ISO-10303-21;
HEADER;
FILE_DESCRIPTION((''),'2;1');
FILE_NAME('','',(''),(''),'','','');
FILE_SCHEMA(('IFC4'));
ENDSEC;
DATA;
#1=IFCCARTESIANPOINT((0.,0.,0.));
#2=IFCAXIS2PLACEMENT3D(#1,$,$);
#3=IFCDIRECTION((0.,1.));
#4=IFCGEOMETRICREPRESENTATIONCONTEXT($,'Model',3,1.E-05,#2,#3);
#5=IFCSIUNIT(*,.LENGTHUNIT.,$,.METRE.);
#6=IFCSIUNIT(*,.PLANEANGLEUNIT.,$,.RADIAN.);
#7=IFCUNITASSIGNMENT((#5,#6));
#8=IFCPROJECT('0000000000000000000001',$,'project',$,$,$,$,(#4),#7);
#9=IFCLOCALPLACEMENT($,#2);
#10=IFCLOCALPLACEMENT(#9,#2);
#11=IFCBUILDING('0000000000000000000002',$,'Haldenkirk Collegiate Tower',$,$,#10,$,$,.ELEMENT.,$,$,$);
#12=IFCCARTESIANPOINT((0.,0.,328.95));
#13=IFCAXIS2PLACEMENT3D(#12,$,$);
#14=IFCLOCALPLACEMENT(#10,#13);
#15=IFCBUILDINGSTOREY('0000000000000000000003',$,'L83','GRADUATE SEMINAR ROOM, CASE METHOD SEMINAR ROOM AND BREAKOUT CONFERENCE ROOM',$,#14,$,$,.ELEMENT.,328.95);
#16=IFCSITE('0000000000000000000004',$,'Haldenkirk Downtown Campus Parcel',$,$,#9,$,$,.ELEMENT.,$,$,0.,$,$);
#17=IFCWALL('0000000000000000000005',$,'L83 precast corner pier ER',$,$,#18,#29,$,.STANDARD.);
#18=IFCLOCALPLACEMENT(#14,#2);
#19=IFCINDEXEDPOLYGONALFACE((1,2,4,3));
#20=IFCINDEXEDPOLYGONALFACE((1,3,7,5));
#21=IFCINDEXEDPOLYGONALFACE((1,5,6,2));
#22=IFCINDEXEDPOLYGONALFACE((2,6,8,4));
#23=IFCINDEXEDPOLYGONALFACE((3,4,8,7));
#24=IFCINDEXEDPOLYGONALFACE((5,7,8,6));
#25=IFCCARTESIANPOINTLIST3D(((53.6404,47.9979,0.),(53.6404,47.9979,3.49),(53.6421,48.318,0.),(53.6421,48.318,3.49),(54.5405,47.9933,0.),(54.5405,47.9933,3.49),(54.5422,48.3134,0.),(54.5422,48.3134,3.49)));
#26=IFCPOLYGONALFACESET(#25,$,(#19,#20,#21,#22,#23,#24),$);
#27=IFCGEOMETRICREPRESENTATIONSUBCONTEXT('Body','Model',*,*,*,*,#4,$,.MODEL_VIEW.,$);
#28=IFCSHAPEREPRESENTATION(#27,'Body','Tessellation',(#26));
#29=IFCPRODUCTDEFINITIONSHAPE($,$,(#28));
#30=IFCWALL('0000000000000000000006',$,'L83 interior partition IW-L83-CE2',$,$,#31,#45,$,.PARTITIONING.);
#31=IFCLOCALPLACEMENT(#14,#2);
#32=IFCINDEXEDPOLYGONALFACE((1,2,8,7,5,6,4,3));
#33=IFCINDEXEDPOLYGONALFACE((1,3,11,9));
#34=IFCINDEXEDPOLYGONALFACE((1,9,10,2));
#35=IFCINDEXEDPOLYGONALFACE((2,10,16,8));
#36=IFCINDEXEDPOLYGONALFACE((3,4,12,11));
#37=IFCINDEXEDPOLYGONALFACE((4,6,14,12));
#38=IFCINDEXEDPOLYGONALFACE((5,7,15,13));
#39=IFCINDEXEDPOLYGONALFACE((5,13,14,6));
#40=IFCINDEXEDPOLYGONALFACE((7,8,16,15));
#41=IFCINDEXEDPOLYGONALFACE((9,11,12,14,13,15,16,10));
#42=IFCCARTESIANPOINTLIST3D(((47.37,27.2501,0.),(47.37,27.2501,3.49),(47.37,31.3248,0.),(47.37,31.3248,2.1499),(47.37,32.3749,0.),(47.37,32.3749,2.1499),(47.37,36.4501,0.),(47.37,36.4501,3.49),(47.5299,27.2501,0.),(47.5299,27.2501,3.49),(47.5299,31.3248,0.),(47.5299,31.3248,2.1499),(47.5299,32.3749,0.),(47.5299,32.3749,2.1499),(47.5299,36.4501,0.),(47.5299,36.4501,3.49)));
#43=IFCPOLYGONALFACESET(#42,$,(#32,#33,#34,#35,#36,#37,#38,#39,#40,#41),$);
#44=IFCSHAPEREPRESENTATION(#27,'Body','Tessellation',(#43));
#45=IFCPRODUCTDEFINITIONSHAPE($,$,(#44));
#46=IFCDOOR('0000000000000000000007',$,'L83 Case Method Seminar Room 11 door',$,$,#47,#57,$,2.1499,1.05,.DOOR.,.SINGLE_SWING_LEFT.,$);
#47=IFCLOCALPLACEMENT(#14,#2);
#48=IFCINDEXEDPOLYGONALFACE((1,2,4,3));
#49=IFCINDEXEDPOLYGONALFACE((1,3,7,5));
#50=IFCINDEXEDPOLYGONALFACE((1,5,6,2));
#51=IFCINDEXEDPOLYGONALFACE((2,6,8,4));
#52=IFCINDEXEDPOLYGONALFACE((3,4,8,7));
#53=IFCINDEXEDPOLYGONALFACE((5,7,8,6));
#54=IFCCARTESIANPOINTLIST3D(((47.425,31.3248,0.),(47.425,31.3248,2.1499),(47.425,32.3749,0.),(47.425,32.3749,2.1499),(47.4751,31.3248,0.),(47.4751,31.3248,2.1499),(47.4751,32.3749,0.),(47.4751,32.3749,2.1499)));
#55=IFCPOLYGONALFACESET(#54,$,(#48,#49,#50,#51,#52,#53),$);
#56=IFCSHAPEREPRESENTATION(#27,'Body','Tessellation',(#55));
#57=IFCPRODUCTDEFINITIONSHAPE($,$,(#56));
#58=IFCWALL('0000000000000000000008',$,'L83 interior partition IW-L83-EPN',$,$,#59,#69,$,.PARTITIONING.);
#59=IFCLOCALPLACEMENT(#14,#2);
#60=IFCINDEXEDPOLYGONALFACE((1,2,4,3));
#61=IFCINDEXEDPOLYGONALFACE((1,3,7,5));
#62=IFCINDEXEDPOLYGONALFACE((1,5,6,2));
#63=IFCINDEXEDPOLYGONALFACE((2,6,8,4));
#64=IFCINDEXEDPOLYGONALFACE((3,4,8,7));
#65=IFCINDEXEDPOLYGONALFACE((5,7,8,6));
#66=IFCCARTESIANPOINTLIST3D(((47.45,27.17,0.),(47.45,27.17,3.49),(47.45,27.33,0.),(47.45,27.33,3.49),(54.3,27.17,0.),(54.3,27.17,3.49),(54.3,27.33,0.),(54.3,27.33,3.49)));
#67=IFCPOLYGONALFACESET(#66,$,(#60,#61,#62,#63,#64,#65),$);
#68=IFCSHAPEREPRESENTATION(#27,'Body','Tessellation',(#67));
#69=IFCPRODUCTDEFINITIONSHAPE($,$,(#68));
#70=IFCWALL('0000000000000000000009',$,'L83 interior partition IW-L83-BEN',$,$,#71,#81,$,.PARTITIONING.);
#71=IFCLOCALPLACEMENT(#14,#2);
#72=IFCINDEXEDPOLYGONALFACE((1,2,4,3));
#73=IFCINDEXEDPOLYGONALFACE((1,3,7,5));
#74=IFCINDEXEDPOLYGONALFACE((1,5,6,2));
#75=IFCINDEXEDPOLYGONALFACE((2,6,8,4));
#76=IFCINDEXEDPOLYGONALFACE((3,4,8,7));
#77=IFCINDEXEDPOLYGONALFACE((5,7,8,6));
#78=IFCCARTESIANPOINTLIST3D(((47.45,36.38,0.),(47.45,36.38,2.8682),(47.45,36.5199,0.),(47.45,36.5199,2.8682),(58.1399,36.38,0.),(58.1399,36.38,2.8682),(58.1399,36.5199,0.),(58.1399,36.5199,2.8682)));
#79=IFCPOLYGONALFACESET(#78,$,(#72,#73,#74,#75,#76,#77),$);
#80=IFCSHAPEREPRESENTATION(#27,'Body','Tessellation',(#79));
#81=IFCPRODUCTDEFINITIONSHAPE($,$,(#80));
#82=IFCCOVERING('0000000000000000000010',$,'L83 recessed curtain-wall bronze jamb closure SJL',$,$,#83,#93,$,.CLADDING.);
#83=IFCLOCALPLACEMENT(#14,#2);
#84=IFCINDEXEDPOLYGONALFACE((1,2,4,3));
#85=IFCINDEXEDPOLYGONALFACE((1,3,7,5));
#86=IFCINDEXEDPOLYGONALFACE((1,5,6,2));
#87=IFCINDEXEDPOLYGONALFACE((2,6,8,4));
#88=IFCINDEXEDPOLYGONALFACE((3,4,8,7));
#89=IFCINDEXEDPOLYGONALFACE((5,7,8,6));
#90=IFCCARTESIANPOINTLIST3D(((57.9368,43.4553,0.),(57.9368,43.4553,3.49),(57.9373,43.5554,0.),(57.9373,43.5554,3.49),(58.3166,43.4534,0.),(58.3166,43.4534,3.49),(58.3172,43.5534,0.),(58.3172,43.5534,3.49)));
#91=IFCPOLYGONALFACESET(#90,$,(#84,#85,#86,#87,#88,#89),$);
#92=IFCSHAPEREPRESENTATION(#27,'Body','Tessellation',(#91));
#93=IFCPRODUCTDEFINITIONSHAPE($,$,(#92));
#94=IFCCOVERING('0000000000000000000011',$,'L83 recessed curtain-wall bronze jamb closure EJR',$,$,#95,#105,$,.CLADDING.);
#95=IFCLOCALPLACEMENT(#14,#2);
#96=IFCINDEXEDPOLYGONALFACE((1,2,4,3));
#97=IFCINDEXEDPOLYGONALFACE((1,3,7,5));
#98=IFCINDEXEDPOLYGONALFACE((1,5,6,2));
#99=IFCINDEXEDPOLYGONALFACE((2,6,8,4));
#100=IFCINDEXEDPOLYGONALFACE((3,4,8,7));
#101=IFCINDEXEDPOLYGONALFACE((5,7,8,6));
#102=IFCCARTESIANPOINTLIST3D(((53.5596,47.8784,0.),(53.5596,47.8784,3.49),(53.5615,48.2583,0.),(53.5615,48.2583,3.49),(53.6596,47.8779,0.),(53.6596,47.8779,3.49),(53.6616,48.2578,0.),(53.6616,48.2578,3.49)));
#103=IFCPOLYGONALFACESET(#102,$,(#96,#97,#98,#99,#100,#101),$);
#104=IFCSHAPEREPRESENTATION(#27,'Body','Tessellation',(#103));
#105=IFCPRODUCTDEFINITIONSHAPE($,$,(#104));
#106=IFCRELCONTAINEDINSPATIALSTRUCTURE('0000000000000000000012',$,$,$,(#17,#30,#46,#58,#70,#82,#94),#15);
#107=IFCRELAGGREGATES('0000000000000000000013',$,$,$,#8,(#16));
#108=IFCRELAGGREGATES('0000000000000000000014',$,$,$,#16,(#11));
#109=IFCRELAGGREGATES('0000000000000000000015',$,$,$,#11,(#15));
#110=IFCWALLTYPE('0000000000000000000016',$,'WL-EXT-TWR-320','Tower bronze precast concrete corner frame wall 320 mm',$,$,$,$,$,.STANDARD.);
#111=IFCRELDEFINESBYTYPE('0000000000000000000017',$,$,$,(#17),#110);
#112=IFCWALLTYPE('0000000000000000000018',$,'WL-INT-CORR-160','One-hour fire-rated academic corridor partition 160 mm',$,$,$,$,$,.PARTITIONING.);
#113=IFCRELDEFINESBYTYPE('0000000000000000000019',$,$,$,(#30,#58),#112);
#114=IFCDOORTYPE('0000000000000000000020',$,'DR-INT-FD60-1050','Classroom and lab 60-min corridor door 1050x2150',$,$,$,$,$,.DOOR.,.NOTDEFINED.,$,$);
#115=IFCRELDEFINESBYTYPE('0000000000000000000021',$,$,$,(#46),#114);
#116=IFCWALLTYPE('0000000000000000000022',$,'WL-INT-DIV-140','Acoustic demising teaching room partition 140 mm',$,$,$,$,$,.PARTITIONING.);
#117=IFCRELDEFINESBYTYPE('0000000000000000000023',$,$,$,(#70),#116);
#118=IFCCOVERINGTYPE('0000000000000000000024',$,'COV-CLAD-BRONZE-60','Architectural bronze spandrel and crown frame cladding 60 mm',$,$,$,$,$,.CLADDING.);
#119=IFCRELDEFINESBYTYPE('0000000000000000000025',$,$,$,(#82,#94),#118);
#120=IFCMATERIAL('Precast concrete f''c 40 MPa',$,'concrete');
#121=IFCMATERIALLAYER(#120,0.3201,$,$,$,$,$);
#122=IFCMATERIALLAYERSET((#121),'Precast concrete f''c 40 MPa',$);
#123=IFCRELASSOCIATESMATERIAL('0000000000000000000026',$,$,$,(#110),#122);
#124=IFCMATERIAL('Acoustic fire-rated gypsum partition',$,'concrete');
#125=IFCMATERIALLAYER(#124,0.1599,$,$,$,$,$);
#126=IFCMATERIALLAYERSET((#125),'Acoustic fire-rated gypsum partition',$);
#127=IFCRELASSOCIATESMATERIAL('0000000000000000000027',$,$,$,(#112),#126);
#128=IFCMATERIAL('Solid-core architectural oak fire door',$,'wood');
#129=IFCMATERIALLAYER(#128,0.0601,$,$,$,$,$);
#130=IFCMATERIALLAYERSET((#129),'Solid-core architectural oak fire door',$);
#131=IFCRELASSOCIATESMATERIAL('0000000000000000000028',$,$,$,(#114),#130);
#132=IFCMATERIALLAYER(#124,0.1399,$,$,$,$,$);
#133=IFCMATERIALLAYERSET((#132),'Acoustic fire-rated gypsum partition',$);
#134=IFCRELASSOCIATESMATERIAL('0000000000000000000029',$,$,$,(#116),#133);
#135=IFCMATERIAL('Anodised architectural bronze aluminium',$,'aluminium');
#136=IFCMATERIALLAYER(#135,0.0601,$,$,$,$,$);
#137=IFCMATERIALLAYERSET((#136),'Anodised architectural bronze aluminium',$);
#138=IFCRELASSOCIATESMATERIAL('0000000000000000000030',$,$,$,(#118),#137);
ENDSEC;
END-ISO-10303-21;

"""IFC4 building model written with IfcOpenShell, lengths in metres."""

from ifc_helpers import new_model, si_unit, direction, frame, frame_2d, origin, origin_2d, place, context, subcontext, project, spatial, rectangle, extrude, source, transform, mapped, material, layer, layer_set, type_object, element, fill, save


model = new_model("IFC4")

# Units and contexts
model_context = context("Model", 3, precision=1e-05, world=origin(), true_north=direction((0.0, 1.0)))
body_context = subcontext(model_context, "Body", "Model", "MODEL_VIEW")
ifc_project = project(units=[si_unit("LENGTHUNIT", "METRE"), si_unit("PLANEANGLEUNIT", "RADIAN")], contexts=[model_context])

# Site, building, storey
site_placement = place(None, origin())
site = spatial("IfcSite", under=ifc_project, at=site_placement, Name="Haldenkirk Downtown Campus Parcel", CompositionType="ELEMENT", RefElevation=0.0)
building_placement = place(site_placement, origin())
building = spatial("IfcBuilding", under=site, at=building_placement, Name="Haldenkirk Collegiate Tower", CompositionType="ELEMENT")
storey_placement = place(building_placement, frame((0.0, 0.0, 328.95)))
storey = spatial("IfcBuildingStorey", under=building, at=storey_placement, Name="L83", Description="GRADUATE SEMINAR ROOM, CASE METHOD SEMINAR ROOM AND BREAKOUT CONFERENCE ROOM", CompositionType="ELEMENT", Elevation=328.95)

# Shared definitions
ifc_material_1 = material(Name="Anodised architectural bronze aluminium", Category="aluminium")

# Shared definitions
ifc_material_2 = material(Name="Precast concrete f'c 40 MPa", Category="concrete")
ifc_layer_1 = layer(ifc_material_2, 0.3201)
ifc_layer_set_1 = layer_set([ifc_layer_1], Name="Precast concrete f'c 40 MPa")
wall_type_1 = type_object("IfcWallType", Name="WL-EXT-TWR-320", Description="Tower bronze precast concrete corner frame wall 320 mm", PredefinedType="STANDARD", material=ifc_layer_set_1)

# Wall
wall_1_placement = place(storey_placement, frame((53.6411, 48.158, 0.0), z_axis=(0.0, 0.0, 1.0), x_axis=(0.999987, -0.005153, 0.0)))
element("IfcWall", 1, at=wall_1_placement, inside=storey, type_object=wall_type_1, Name="L83 precast corner pier ER", PredefinedType="STANDARD", context=body_context, shape_type="SweptSolid", body=[
    extrude(rectangle(XDim=0.9001, YDim=0.3201, at=frame_2d((0.4502, 0.0))), origin(), (0.0, 0.0, 1.0), 3.49),
])

# Wall, opening, door
ifc_material_3 = material(Name="Acoustic fire-rated gypsum partition", Category="concrete")
ifc_layer_2 = layer(ifc_material_3, 0.1599)
ifc_layer_set_2 = layer_set([ifc_layer_2], Name="Acoustic fire-rated gypsum partition")
wall_type_2 = type_object("IfcWallType", Name="WL-INT-CORR-160", Description="One-hour fire-rated academic corridor partition 160 mm", PredefinedType="PARTITIONING", material=ifc_layer_set_2)
wall_2_placement = place(storey_placement, frame((47.45, 27.25, 0.0), z_axis=(0.0, 0.0, 1.0), x_axis=(0.0, 1.0, 0.0)))
wall_2 = element("IfcWall", 2, at=wall_2_placement, inside=storey, type_object=wall_type_2, Name="L83 interior partition IW-L83-CE2", PredefinedType="PARTITIONING", context=body_context, shape_type="SweptSolid", body=[
    extrude(rectangle(XDim=9.2, YDim=0.1599, at=frame_2d((4.6001, 0.0))), origin(), (0.0, 0.0, 1.0), 3.49),
])
opening_1_placement = place(wall_2_placement, frame((4.075, 0.0, 0.0)))
opening_1 = element("IfcOpeningElement", 3, at=opening_1_placement, cuts=wall_2, PredefinedType="OPENING", context=body_context, shape_type="SweptSolid", body=[
    extrude(rectangle(XDim=1.05, YDim=2.1499, at=frame_2d((0.5249, 1.075))), frame((0.0, 0.0898, 0.0), z_axis=(0.0, -1.0, 0.0), x_axis=(1.0, 0.0, 0.0)), (0.0, 0.0, 1.0), 0.1799),
])
ifc_material_4 = material(Name="Solid-core architectural oak fire door", Category="wood")
ifc_layer_3 = layer(ifc_material_4, 0.0601)
ifc_layer_set_3 = layer_set([ifc_layer_3], Name="Solid-core architectural oak fire door")
door_type = type_object("IfcDoorType", Name="DR-INT-FD60-1050", Description="Classroom and lab 60-min corridor door 1050x2150", OperationType="NOTDEFINED", PredefinedType="DOOR", material=ifc_layer_set_3)
door_placement = place(opening_1_placement, origin())
door = element("IfcDoor", 4, at=door_placement, inside=storey, type_object=door_type, Name="L83 Case Method Seminar Room 11 door", OperationType="SINGLE_SWING_LEFT", OverallHeight=2.1499, OverallWidth=1.05, PredefinedType="DOOR", context=body_context, shape_type="SweptSolid", body=[
    extrude(rectangle(XDim=1.05, YDim=2.1499, at=frame_2d((0.5249, 1.075))), frame((0.0, 0.0249, 0.0), z_axis=(0.0, -1.0, 0.0), x_axis=(1.0, 0.0, 0.0)), (0.0, 0.0, 1.0), 0.05),
])
fill(opening_1, door)

# Walls
wall_3_placement = place(storey_placement, frame((47.45, 27.25, 0.0), z_axis=(0.0, 0.0, 1.0), x_axis=(1.0, 0.0, 0.0)))
element("IfcWall", 5, at=wall_3_placement, inside=storey, type_object=wall_type_2, Name="L83 interior partition IW-L83-EPN", PredefinedType="PARTITIONING", context=body_context, shape_type="SweptSolid", body=[
    extrude(rectangle(XDim=6.8501, YDim=0.1599, at=frame_2d((3.425, 0.0))), origin(), (0.0, 0.0, 1.0), 3.49),
])
ifc_layer_4 = layer(ifc_material_3, 0.1399)
ifc_layer_set_4 = layer_set([ifc_layer_4], Name="Acoustic fire-rated gypsum partition")
wall_type_3 = type_object("IfcWallType", Name="WL-INT-DIV-140", Description="Acoustic demising teaching room partition 140 mm", PredefinedType="PARTITIONING", material=ifc_layer_set_4)
wall_4_placement = place(storey_placement, frame((47.45, 36.45, 0.0), z_axis=(0.0, 0.0, 1.0), x_axis=(1.0, 0.0, 0.0)))
element("IfcWall", 6, at=wall_4_placement, inside=storey, type_object=wall_type_3, Name="L83 interior partition IW-L83-BEN", PredefinedType="PARTITIONING", context=body_context, shape_type="SweptSolid", body=[
    extrude(rectangle(XDim=10.6899, YDim=0.1399, at=frame_2d((5.345, 0.0))), origin(), (0.0, 0.0, 1.0), 2.8682),
])

# Coverings
ifc_layer_5 = layer(ifc_material_1, 0.0601)
ifc_layer_set_5 = layer_set([ifc_layer_5], Name="Anodised architectural bronze aluminium")
covering_type = type_object("IfcCoveringType", Name="COV-CLAD-BRONZE-60", Description="Architectural bronze spandrel and crown frame cladding 60 mm", PredefinedType="CLADDING", material=ifc_layer_set_5)
shared_shape_1 = source(origin(), body_context, "Body", "SweptSolid", [
    extrude(rectangle(XDim=0.1001, YDim=0.3799, at=origin_2d()), origin(), (0.0, 0.0, 1.0), 3.49),
])
for number, where, z_axis, x_axis, name in (
    (7, (58.127, 43.5044, 0.0), (0.0, 0.0, 1.0), (-0.005236, -0.999986, 0.0), "L83 recessed curtain-wall bronze jamb closure SJL"),
    (8, (53.6106, 48.0681, 0.0), (0.0, 0.0, 1.0), (0.999986, -0.005236, 0.0), "L83 recessed curtain-wall bronze jamb closure EJR"),
):
    element("IfcCovering", number, at=place(storey_placement, frame(where, z_axis=z_axis, x_axis=x_axis)), inside=storey, type_object=covering_type, Name=name, PredefinedType="CLADDING", context=body_context, shape_type="MappedRepresentation", body=[
        mapped(shared_shape_1, transform((0.0, 0.0, 0.0), x_axis=(1.0, 0.0, 0.0), y_axis=(0.0, 1.0, 0.0), z_axis=(0.0, 0.0, 1.0), scale=1.0)),
    ])

save(model, "model.ifc")
